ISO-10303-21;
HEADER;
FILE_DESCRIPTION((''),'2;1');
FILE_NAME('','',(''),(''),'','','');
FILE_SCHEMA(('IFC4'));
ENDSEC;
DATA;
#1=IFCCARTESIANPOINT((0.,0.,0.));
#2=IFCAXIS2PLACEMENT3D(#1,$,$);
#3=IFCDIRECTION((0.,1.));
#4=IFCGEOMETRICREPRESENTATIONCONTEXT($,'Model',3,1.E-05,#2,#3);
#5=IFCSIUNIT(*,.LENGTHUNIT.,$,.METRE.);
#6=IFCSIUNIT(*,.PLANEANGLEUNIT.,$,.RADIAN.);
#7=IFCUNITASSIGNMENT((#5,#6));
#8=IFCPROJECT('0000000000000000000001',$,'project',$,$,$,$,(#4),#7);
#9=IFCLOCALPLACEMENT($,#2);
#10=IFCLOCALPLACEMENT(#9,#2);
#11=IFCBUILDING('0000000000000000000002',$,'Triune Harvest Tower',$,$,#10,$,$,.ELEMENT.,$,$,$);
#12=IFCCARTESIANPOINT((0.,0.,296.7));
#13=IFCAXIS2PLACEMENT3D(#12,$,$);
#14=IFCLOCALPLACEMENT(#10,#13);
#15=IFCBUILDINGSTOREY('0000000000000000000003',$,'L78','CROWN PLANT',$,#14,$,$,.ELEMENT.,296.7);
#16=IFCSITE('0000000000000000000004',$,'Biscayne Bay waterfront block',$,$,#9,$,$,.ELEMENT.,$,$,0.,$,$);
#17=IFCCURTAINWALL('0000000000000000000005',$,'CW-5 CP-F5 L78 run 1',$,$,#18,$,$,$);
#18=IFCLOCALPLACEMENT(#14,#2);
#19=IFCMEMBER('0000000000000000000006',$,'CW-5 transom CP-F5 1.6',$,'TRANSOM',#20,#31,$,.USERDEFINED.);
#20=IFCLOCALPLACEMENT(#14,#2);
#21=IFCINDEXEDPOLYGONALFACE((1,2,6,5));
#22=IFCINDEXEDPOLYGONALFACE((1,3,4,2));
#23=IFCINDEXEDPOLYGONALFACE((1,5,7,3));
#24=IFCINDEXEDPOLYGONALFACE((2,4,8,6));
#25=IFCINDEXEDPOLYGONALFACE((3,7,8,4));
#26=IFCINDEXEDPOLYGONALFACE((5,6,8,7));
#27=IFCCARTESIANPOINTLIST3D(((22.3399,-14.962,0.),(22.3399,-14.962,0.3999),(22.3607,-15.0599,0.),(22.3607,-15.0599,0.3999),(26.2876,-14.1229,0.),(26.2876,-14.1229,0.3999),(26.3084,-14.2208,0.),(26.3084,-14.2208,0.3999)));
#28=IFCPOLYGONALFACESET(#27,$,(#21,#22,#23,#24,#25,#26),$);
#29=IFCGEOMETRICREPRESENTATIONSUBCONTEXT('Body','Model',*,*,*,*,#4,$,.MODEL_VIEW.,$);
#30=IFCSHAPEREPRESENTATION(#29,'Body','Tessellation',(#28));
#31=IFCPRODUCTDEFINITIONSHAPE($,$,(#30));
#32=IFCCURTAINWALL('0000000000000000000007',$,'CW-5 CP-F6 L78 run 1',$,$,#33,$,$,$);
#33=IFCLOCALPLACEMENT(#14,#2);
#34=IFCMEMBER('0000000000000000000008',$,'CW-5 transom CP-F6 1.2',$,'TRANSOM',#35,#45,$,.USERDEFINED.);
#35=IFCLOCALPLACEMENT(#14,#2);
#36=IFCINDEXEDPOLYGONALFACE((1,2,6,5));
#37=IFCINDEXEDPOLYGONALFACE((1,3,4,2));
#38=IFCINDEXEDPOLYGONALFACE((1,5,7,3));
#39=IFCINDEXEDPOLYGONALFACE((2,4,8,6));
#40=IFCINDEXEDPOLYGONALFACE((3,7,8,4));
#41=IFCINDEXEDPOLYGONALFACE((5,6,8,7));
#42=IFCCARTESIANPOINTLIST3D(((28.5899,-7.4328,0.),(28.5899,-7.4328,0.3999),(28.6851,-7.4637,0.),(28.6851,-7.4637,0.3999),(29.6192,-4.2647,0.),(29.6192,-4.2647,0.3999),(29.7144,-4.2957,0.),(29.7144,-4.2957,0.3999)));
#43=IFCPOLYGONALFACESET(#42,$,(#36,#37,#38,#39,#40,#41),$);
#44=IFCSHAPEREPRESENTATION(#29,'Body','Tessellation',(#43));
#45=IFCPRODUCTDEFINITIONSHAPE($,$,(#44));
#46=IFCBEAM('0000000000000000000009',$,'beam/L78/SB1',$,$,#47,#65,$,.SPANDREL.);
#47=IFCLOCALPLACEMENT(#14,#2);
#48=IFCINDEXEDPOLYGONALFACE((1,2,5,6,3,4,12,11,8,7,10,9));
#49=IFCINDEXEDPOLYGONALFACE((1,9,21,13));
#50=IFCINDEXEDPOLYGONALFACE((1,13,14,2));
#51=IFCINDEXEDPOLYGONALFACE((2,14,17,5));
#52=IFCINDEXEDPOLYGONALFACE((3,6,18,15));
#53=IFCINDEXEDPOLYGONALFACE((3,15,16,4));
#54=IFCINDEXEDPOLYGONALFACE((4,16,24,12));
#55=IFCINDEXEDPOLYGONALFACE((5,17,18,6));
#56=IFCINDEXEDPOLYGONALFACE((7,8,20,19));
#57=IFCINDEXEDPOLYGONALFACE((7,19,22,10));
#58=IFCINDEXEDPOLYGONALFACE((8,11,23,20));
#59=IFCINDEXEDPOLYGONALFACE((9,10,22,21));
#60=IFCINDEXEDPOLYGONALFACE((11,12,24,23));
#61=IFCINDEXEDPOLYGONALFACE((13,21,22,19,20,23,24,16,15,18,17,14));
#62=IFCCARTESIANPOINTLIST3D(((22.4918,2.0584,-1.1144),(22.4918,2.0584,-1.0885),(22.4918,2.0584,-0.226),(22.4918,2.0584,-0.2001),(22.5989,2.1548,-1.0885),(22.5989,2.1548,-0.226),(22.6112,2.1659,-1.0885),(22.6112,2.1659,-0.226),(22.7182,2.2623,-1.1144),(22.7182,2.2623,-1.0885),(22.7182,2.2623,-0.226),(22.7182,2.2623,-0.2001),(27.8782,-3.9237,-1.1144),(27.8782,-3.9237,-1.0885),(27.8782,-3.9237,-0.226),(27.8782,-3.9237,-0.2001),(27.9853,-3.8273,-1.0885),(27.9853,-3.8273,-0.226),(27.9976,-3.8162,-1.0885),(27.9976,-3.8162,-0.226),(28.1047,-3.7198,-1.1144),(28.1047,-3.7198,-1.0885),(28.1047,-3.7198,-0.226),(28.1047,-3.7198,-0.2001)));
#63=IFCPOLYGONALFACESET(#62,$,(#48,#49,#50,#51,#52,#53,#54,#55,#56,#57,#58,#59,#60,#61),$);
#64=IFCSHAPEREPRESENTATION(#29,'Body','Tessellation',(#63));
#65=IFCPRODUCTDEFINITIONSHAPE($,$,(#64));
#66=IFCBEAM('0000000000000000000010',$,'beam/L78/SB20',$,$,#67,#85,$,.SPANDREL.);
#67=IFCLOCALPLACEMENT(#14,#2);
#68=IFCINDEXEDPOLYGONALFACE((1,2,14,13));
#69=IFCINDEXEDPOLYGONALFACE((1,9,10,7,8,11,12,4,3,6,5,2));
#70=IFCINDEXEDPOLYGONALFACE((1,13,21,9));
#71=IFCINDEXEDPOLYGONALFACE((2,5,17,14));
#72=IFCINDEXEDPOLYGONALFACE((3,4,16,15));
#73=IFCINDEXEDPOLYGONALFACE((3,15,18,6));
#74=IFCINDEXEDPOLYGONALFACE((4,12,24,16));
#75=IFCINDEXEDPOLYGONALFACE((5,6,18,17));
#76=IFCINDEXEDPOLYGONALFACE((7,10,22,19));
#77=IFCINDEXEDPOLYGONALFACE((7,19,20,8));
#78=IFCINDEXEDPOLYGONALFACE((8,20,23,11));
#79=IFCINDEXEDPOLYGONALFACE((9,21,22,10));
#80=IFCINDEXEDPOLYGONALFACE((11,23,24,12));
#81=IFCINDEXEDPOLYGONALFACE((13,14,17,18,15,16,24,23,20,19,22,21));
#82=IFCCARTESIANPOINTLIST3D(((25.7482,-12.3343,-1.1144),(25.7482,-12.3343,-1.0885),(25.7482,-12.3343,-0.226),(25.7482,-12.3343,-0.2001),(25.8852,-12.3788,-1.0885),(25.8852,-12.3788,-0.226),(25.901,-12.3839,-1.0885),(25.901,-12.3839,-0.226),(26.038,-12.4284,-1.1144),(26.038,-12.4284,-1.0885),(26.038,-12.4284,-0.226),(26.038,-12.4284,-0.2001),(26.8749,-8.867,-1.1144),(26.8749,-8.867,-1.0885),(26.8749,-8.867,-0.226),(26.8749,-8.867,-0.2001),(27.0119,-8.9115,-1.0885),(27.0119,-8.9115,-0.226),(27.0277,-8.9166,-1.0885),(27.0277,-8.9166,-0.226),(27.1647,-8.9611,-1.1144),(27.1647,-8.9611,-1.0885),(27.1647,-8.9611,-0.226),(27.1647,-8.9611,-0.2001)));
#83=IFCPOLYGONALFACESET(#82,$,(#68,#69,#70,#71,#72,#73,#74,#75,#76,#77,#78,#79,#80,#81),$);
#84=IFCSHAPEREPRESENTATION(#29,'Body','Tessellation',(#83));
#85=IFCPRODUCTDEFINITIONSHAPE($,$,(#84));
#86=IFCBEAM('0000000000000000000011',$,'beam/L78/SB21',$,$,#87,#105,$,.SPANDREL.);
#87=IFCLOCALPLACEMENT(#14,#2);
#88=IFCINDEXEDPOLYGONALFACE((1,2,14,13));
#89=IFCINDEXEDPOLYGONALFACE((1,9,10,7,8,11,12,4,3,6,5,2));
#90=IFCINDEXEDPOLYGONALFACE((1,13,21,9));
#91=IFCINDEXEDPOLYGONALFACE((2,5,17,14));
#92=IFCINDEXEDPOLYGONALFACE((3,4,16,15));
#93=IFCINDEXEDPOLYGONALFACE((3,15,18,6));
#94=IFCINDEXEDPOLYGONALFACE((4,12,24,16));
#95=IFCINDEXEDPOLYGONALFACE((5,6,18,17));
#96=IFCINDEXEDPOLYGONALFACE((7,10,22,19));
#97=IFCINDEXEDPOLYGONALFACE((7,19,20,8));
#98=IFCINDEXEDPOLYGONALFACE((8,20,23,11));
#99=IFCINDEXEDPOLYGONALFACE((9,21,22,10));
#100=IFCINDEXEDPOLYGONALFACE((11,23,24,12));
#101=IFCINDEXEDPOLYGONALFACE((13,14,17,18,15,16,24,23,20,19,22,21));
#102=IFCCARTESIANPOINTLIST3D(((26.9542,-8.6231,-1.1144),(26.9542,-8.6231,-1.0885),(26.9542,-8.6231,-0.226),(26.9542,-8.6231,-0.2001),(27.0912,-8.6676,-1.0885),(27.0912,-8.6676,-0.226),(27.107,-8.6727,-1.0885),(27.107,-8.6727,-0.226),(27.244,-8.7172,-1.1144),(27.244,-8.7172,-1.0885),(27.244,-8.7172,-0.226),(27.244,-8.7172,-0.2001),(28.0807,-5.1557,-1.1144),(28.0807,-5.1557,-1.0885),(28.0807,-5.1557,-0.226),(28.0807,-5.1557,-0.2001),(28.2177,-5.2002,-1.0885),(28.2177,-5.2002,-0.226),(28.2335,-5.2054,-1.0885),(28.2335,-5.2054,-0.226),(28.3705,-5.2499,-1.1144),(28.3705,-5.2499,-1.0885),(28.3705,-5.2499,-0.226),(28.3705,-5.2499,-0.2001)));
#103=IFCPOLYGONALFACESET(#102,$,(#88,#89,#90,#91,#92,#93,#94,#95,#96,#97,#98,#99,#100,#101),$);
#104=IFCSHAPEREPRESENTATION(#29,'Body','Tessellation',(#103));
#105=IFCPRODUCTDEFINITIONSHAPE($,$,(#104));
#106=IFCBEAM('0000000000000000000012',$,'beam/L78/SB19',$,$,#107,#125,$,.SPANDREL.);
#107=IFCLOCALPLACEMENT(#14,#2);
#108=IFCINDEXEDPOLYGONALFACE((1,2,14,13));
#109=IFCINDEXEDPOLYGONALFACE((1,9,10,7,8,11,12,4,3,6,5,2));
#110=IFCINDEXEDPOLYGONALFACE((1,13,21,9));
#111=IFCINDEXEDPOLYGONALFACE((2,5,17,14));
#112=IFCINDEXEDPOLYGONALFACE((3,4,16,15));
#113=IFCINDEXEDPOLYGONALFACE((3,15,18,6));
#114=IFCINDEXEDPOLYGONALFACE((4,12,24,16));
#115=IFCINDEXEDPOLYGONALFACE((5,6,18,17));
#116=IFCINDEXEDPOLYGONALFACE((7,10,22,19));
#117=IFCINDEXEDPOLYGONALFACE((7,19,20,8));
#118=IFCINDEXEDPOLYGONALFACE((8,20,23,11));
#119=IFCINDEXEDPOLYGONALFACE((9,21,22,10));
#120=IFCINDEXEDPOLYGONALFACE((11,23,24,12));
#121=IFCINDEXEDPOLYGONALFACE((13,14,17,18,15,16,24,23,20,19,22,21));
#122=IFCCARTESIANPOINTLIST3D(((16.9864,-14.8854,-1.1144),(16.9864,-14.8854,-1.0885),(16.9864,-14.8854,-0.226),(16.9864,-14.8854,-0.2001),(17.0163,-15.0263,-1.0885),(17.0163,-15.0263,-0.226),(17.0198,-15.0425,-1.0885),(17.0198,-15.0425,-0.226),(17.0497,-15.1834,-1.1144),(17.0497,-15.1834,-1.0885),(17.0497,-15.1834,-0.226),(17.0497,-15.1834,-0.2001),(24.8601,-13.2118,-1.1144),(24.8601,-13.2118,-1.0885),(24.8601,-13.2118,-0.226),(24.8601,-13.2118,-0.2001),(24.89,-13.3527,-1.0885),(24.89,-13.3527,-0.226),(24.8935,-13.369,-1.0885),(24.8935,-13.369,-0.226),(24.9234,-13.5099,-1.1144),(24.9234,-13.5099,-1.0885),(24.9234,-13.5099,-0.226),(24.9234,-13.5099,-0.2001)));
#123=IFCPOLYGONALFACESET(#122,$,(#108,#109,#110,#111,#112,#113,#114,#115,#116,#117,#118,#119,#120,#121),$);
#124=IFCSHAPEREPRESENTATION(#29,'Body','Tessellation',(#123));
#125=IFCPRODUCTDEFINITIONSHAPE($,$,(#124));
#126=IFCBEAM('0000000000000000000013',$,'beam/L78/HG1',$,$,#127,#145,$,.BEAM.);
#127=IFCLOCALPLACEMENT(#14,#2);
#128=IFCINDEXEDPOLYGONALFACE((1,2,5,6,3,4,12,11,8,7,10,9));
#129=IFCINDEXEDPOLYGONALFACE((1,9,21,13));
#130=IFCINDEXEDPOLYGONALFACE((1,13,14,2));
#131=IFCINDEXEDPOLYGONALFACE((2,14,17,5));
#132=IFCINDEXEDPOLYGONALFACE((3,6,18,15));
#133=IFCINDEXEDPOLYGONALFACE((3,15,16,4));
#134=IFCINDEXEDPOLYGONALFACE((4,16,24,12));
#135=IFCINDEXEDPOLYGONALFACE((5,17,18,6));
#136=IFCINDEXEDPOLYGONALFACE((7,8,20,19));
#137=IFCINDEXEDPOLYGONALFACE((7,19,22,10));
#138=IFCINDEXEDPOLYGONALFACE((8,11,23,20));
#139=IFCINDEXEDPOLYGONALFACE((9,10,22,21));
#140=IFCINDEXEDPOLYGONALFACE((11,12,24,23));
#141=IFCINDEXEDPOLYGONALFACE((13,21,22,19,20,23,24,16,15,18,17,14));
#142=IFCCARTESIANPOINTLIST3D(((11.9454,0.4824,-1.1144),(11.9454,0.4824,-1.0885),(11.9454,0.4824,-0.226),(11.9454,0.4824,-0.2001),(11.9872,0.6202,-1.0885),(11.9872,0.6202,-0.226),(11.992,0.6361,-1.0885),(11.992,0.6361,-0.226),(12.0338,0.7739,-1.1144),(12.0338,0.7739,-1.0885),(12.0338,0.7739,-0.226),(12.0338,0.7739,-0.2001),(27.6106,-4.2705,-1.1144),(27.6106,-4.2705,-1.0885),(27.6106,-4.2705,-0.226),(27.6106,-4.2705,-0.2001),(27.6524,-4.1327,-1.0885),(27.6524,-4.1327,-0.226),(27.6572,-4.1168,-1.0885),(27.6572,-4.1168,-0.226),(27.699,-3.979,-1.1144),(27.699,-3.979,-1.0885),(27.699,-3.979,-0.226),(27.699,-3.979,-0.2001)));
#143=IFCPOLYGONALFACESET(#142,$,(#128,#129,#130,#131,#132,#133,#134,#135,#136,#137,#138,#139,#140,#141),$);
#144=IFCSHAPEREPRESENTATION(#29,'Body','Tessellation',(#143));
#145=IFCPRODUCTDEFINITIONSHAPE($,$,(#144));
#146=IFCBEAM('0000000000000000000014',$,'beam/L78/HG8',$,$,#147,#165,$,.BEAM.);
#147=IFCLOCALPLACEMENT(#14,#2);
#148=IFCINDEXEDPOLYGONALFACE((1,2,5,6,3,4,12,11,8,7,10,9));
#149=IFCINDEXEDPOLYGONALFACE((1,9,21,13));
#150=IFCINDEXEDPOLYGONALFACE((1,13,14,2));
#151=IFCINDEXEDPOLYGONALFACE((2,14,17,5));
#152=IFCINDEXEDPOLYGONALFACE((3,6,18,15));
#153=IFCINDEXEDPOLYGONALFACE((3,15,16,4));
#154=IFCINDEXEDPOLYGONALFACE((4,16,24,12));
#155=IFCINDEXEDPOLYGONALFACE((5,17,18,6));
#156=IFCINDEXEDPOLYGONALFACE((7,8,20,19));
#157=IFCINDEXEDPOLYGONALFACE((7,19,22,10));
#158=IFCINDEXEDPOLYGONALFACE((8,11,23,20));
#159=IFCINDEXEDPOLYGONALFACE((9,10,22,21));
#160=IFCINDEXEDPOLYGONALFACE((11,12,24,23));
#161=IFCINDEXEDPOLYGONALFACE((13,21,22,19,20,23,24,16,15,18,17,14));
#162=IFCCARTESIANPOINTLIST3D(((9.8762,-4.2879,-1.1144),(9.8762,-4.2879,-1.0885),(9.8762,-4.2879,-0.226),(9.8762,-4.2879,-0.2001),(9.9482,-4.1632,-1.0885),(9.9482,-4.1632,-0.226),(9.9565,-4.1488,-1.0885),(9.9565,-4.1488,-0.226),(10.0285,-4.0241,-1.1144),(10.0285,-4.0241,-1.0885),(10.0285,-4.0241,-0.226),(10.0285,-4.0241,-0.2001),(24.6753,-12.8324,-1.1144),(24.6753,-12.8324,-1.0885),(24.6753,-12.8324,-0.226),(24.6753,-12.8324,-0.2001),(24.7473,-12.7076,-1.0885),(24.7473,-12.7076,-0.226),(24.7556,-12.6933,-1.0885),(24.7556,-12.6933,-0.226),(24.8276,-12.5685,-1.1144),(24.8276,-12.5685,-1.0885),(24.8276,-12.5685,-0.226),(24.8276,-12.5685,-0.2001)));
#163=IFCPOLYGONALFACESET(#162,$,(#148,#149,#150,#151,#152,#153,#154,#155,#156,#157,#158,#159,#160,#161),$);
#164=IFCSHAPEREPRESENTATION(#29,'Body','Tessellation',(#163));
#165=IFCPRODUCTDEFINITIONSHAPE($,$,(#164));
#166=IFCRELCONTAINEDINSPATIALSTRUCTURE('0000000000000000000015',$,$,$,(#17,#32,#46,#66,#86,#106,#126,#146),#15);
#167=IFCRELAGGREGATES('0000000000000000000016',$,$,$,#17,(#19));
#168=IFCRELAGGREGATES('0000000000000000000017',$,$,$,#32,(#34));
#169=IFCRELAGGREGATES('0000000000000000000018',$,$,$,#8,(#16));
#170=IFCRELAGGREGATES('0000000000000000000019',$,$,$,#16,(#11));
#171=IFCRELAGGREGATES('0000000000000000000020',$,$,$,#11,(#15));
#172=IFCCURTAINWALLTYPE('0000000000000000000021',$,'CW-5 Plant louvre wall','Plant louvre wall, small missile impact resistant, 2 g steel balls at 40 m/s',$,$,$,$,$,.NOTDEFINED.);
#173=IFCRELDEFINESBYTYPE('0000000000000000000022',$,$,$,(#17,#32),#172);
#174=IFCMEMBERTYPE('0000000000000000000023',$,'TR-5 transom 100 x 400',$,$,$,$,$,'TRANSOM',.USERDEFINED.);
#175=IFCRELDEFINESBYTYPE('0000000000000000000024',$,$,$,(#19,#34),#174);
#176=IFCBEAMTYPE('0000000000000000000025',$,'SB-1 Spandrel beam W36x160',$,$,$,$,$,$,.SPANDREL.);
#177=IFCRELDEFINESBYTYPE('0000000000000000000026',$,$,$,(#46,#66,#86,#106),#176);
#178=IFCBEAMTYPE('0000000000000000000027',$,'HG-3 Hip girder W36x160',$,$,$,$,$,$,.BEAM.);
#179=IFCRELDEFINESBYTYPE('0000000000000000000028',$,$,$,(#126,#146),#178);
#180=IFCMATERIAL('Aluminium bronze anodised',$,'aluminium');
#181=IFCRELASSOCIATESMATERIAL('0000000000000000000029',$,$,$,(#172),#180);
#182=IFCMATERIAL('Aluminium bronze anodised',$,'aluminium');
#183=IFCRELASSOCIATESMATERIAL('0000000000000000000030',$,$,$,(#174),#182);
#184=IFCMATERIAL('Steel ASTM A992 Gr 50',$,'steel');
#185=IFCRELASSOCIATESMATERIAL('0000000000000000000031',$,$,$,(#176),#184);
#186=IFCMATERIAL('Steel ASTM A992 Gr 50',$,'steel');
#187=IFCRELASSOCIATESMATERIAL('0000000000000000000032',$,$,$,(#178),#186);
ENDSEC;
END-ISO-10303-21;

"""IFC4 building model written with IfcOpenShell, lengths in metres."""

from ifc_helpers import new_model, si_unit, direction, frame, origin, origin_2d, place, context, subcontext, project, spatial, rectangle, i_section, extrude, source, transform, mapped, material, material_profile, profile_set, type_object, element, aggregate, save


model = new_model("IFC4")

# Units and contexts
model_context = context("Model", 3, precision=1e-05, world=origin(), true_north=direction((0.0, 1.0)))
body_context = subcontext(model_context, "Body", "Model", "MODEL_VIEW")
ifc_project = project(units=[si_unit("LENGTHUNIT", "METRE"), si_unit("PLANEANGLEUNIT", "RADIAN")], contexts=[model_context])

# Site, building, storey
site_placement = place(None, origin())
site = spatial("IfcSite", under=ifc_project, at=site_placement, Name="Biscayne Bay waterfront block", CompositionType="ELEMENT", RefElevation=0.0)
building_placement = place(site_placement, origin())
building = spatial("IfcBuilding", under=site, at=building_placement, Name="Triune Harvest Tower", CompositionType="ELEMENT")
storey_placement = place(building_placement, frame((0.0, 0.0, 296.7)))
storey = spatial("IfcBuildingStorey", under=building, at=storey_placement, Name="L78", Description="CROWN PLANT", CompositionType="ELEMENT", Elevation=296.7)

# Curtain walls, members
ifc_material_1 = material(Name="Aluminium bronze anodised", Category="aluminium")
curtain_wall_type = type_object("IfcCurtainWallType", Name="CW-5 Plant louvre wall", Description="Plant louvre wall, small missile impact resistant, 2 g steel balls at 40 m/s", PredefinedType="NOTDEFINED", material=ifc_material_1)
curtain_wall_1_placement = place(storey_placement, origin())
curtain_wall_1 = element("IfcCurtainWall", 1, at=curtain_wall_1_placement, inside=storey, type_object=curtain_wall_type, Name="CW-5 CP-F5 L78 run 1")
ifc_material_2 = material(Name="Aluminium bronze anodised", Category="aluminium")
ifc_material_profile_1 = material_profile(ifc_material_2, rectangle(XDim=0.1001, YDim=0.3999, at=origin_2d()), Name="TR-5 transom 100 x 400")
ifc_profile_set_1 = profile_set([ifc_material_profile_1], Name="Aluminium bronze anodised")
member_type_1 = type_object("IfcMemberType", Name="TR-5 transom 100 x 400", ElementType="TRANSOM", PredefinedType="USERDEFINED", material=ifc_profile_set_1)
member_1_placement = place(storey_placement, frame((22.3503, -15.011, 0.2), z_axis=(0.978148, 0.207909, 0.0), x_axis=(-0.207909, 0.978148, 0.0)))
member_1 = element("IfcMember", 2, at=member_1_placement, type_object=member_type_1, Name="CW-5 transom CP-F5 1.6", ObjectType="TRANSOM", PredefinedType="USERDEFINED", context=body_context, shape_type="SweptSolid", body=[
    extrude(rectangle(XDim=0.1001, YDim=0.3999, at=origin_2d()), origin(), (0.0, 0.0, 1.0), 4.0359),
])
curtain_wall_2_placement = place(storey_placement, origin())
curtain_wall_2 = element("IfcCurtainWall", 3, at=curtain_wall_2_placement, inside=storey, type_object=curtain_wall_type, Name="CW-5 CP-F6 L78 run 1")
member_2_placement = place(storey_placement, frame((28.6375, -7.4482, 0.2), z_axis=(0.309007, 0.95106, 0.0), x_axis=(-0.95106, 0.309007, 0.0)))
member_2 = element("IfcMember", 4, at=member_2_placement, type_object=member_type_1, Name="CW-5 transom CP-F6 1.2", ObjectType="TRANSOM", PredefinedType="USERDEFINED", context=body_context, shape_type="SweptSolid", body=[
    extrude(rectangle(XDim=0.1001, YDim=0.3999, at=origin_2d()), origin(), (0.0, 0.0, 1.0), 3.3311),
])

# Beams
ifc_material_3 = material(Name="Steel ASTM A992 Gr 50", Category="steel")
ifc_material_profile_2 = material_profile(ifc_material_3, i_section(OverallWidth=0.3047, OverallDepth=0.9143, WebThickness=0.0166, FlangeThickness=0.0259, at=origin_2d()), Name="W36x160")
ifc_profile_set_2 = profile_set([ifc_material_profile_2], Name="Steel ASTM A992 Gr 50")
beam_type_1 = type_object("IfcBeamType", Name="SB-1 Spandrel beam W36x160", PredefinedType="SPANDREL", material=ifc_profile_set_2)
shared_shape_1 = source(origin(), body_context, "Body", "SweptSolid", [
    extrude(i_section(OverallWidth=0.3047, OverallDepth=0.9143, WebThickness=0.0166, FlangeThickness=0.0259, at=origin_2d()), origin(), (0.0, 0.0, 1.0), 8.0498),
])
beam_1_placement = place(storey_placement, frame((27.9915, -3.8218, -0.6572), z_axis=(-0.669137, 0.743139, 0.0), x_axis=(-0.743139, -0.669137, 0.0)))
element("IfcBeam", 5, at=beam_1_placement, inside=storey, type_object=beam_type_1, Name="beam/L78/SB1", PredefinedType="SPANDREL", context=body_context, shape_type="MappedRepresentation", body=[
    mapped(shared_shape_1, transform((0.0, 0.0, 0.0), scale=1.0)),
])
shared_shape_2 = source(origin(), body_context, "Body", "SweptSolid", [
    extrude(i_section(OverallWidth=0.3047, OverallDepth=0.9143, WebThickness=0.0166, FlangeThickness=0.0259, at=origin_2d()), origin(), (0.0, 0.0, 1.0), 3.6458),
])
for number, where, z_axis, x_axis, name in (
    (6, (25.8931, -12.3813, -0.6572), (0.309047, 0.951047, 0.0), (-0.951047, 0.309047, 0.0), "beam/L78/SB20"),
    (7, (27.0991, -8.6702, -0.6572), (0.308986, 0.951067, 0.0), (-0.951067, 0.308986, 0.0), "beam/L78/SB21"),
):
    element("IfcBeam", number, at=place(storey_placement, frame(where, z_axis=z_axis, x_axis=x_axis)), inside=storey, type_object=beam_type_1, Name=name, PredefinedType="SPANDREL", context=body_context, shape_type="MappedRepresentation", body=[
        mapped(shared_shape_2, transform((0.0, 0.0, 0.0), scale=1.0)),
    ])
shared_shape_3 = source(origin(), body_context, "Body", "SweptSolid", [
    extrude(i_section(OverallWidth=0.3047, OverallDepth=0.9143, WebThickness=0.0166, FlangeThickness=0.0259, at=origin_2d()), origin(), (0.0, 0.0, 1.0), 8.0496),
])
beam_2_placement = place(storey_placement, frame((17.0181, -15.0344, -0.6572), z_axis=(0.978149, 0.207907, 0.0), x_axis=(-0.207907, 0.978149, 0.0)))
element("IfcBeam", 8, at=beam_2_placement, inside=storey, type_object=beam_type_1, Name="beam/L78/SB19", PredefinedType="SPANDREL", context=body_context, shape_type="MappedRepresentation", body=[
    mapped(shared_shape_3, transform((0.0, 0.0, 0.0), scale=1.0)),
])
ifc_material_4 = material(Name="Steel ASTM A992 Gr 50", Category="steel")
ifc_material_profile_3 = material_profile(ifc_material_4, i_section(OverallWidth=0.3047, OverallDepth=0.9143, WebThickness=0.0166, FlangeThickness=0.0259, at=origin_2d()), Name="W36x160")
ifc_profile_set_3 = profile_set([ifc_material_profile_3], Name="Steel ASTM A992 Gr 50")
beam_type_2 = type_object("IfcBeamType", Name="HG-3 Hip girder W36x160", PredefinedType="BEAM", material=ifc_profile_set_3)
shared_shape_4 = source(origin(), body_context, "Body", "SweptSolid", [
    extrude(i_section(OverallWidth=0.3047, OverallDepth=0.9143, WebThickness=0.0166, FlangeThickness=0.0259, at=origin_2d()), origin(), (0.0, 0.0, 1.0), 16.3704),
])
beam_3_placement = place(storey_placement, frame((27.6548, -4.1248, -0.6572), z_axis=(-0.956925, 0.290336, 0.0), x_axis=(-0.290336, -0.956925, 0.0)))
element("IfcBeam", 9, at=beam_3_placement, inside=storey, type_object=beam_type_2, Name="beam/L78/HG1", PredefinedType="BEAM", context=body_context, shape_type="MappedRepresentation", body=[
    mapped(shared_shape_4, transform((0.0, 0.0, 0.0), scale=1.0)),
])
shared_shape_5 = source(origin(), body_context, "Body", "SweptSolid", [
    extrude(i_section(OverallWidth=0.3047, OverallDepth=0.9143, WebThickness=0.0166, FlangeThickness=0.0259, at=origin_2d()), origin(), (0.0, 0.0, 1.0), 17.0886),
])
beam_4_placement = place(storey_placement, frame((24.7515, -12.7004, -0.6572), z_axis=(-0.866021, 0.500008, 0.0), x_axis=(-0.500008, -0.866021, 0.0)))
element("IfcBeam", 10, at=beam_4_placement, inside=storey, type_object=beam_type_2, Name="beam/L78/HG8", PredefinedType="BEAM", context=body_context, shape_type="MappedRepresentation", body=[
    mapped(shared_shape_5, transform((0.0, 0.0, 0.0), scale=1.0)),
])

aggregate(curtain_wall_1, [member_1])
aggregate(curtain_wall_2, [member_2])

save(model, "model.ifc")
